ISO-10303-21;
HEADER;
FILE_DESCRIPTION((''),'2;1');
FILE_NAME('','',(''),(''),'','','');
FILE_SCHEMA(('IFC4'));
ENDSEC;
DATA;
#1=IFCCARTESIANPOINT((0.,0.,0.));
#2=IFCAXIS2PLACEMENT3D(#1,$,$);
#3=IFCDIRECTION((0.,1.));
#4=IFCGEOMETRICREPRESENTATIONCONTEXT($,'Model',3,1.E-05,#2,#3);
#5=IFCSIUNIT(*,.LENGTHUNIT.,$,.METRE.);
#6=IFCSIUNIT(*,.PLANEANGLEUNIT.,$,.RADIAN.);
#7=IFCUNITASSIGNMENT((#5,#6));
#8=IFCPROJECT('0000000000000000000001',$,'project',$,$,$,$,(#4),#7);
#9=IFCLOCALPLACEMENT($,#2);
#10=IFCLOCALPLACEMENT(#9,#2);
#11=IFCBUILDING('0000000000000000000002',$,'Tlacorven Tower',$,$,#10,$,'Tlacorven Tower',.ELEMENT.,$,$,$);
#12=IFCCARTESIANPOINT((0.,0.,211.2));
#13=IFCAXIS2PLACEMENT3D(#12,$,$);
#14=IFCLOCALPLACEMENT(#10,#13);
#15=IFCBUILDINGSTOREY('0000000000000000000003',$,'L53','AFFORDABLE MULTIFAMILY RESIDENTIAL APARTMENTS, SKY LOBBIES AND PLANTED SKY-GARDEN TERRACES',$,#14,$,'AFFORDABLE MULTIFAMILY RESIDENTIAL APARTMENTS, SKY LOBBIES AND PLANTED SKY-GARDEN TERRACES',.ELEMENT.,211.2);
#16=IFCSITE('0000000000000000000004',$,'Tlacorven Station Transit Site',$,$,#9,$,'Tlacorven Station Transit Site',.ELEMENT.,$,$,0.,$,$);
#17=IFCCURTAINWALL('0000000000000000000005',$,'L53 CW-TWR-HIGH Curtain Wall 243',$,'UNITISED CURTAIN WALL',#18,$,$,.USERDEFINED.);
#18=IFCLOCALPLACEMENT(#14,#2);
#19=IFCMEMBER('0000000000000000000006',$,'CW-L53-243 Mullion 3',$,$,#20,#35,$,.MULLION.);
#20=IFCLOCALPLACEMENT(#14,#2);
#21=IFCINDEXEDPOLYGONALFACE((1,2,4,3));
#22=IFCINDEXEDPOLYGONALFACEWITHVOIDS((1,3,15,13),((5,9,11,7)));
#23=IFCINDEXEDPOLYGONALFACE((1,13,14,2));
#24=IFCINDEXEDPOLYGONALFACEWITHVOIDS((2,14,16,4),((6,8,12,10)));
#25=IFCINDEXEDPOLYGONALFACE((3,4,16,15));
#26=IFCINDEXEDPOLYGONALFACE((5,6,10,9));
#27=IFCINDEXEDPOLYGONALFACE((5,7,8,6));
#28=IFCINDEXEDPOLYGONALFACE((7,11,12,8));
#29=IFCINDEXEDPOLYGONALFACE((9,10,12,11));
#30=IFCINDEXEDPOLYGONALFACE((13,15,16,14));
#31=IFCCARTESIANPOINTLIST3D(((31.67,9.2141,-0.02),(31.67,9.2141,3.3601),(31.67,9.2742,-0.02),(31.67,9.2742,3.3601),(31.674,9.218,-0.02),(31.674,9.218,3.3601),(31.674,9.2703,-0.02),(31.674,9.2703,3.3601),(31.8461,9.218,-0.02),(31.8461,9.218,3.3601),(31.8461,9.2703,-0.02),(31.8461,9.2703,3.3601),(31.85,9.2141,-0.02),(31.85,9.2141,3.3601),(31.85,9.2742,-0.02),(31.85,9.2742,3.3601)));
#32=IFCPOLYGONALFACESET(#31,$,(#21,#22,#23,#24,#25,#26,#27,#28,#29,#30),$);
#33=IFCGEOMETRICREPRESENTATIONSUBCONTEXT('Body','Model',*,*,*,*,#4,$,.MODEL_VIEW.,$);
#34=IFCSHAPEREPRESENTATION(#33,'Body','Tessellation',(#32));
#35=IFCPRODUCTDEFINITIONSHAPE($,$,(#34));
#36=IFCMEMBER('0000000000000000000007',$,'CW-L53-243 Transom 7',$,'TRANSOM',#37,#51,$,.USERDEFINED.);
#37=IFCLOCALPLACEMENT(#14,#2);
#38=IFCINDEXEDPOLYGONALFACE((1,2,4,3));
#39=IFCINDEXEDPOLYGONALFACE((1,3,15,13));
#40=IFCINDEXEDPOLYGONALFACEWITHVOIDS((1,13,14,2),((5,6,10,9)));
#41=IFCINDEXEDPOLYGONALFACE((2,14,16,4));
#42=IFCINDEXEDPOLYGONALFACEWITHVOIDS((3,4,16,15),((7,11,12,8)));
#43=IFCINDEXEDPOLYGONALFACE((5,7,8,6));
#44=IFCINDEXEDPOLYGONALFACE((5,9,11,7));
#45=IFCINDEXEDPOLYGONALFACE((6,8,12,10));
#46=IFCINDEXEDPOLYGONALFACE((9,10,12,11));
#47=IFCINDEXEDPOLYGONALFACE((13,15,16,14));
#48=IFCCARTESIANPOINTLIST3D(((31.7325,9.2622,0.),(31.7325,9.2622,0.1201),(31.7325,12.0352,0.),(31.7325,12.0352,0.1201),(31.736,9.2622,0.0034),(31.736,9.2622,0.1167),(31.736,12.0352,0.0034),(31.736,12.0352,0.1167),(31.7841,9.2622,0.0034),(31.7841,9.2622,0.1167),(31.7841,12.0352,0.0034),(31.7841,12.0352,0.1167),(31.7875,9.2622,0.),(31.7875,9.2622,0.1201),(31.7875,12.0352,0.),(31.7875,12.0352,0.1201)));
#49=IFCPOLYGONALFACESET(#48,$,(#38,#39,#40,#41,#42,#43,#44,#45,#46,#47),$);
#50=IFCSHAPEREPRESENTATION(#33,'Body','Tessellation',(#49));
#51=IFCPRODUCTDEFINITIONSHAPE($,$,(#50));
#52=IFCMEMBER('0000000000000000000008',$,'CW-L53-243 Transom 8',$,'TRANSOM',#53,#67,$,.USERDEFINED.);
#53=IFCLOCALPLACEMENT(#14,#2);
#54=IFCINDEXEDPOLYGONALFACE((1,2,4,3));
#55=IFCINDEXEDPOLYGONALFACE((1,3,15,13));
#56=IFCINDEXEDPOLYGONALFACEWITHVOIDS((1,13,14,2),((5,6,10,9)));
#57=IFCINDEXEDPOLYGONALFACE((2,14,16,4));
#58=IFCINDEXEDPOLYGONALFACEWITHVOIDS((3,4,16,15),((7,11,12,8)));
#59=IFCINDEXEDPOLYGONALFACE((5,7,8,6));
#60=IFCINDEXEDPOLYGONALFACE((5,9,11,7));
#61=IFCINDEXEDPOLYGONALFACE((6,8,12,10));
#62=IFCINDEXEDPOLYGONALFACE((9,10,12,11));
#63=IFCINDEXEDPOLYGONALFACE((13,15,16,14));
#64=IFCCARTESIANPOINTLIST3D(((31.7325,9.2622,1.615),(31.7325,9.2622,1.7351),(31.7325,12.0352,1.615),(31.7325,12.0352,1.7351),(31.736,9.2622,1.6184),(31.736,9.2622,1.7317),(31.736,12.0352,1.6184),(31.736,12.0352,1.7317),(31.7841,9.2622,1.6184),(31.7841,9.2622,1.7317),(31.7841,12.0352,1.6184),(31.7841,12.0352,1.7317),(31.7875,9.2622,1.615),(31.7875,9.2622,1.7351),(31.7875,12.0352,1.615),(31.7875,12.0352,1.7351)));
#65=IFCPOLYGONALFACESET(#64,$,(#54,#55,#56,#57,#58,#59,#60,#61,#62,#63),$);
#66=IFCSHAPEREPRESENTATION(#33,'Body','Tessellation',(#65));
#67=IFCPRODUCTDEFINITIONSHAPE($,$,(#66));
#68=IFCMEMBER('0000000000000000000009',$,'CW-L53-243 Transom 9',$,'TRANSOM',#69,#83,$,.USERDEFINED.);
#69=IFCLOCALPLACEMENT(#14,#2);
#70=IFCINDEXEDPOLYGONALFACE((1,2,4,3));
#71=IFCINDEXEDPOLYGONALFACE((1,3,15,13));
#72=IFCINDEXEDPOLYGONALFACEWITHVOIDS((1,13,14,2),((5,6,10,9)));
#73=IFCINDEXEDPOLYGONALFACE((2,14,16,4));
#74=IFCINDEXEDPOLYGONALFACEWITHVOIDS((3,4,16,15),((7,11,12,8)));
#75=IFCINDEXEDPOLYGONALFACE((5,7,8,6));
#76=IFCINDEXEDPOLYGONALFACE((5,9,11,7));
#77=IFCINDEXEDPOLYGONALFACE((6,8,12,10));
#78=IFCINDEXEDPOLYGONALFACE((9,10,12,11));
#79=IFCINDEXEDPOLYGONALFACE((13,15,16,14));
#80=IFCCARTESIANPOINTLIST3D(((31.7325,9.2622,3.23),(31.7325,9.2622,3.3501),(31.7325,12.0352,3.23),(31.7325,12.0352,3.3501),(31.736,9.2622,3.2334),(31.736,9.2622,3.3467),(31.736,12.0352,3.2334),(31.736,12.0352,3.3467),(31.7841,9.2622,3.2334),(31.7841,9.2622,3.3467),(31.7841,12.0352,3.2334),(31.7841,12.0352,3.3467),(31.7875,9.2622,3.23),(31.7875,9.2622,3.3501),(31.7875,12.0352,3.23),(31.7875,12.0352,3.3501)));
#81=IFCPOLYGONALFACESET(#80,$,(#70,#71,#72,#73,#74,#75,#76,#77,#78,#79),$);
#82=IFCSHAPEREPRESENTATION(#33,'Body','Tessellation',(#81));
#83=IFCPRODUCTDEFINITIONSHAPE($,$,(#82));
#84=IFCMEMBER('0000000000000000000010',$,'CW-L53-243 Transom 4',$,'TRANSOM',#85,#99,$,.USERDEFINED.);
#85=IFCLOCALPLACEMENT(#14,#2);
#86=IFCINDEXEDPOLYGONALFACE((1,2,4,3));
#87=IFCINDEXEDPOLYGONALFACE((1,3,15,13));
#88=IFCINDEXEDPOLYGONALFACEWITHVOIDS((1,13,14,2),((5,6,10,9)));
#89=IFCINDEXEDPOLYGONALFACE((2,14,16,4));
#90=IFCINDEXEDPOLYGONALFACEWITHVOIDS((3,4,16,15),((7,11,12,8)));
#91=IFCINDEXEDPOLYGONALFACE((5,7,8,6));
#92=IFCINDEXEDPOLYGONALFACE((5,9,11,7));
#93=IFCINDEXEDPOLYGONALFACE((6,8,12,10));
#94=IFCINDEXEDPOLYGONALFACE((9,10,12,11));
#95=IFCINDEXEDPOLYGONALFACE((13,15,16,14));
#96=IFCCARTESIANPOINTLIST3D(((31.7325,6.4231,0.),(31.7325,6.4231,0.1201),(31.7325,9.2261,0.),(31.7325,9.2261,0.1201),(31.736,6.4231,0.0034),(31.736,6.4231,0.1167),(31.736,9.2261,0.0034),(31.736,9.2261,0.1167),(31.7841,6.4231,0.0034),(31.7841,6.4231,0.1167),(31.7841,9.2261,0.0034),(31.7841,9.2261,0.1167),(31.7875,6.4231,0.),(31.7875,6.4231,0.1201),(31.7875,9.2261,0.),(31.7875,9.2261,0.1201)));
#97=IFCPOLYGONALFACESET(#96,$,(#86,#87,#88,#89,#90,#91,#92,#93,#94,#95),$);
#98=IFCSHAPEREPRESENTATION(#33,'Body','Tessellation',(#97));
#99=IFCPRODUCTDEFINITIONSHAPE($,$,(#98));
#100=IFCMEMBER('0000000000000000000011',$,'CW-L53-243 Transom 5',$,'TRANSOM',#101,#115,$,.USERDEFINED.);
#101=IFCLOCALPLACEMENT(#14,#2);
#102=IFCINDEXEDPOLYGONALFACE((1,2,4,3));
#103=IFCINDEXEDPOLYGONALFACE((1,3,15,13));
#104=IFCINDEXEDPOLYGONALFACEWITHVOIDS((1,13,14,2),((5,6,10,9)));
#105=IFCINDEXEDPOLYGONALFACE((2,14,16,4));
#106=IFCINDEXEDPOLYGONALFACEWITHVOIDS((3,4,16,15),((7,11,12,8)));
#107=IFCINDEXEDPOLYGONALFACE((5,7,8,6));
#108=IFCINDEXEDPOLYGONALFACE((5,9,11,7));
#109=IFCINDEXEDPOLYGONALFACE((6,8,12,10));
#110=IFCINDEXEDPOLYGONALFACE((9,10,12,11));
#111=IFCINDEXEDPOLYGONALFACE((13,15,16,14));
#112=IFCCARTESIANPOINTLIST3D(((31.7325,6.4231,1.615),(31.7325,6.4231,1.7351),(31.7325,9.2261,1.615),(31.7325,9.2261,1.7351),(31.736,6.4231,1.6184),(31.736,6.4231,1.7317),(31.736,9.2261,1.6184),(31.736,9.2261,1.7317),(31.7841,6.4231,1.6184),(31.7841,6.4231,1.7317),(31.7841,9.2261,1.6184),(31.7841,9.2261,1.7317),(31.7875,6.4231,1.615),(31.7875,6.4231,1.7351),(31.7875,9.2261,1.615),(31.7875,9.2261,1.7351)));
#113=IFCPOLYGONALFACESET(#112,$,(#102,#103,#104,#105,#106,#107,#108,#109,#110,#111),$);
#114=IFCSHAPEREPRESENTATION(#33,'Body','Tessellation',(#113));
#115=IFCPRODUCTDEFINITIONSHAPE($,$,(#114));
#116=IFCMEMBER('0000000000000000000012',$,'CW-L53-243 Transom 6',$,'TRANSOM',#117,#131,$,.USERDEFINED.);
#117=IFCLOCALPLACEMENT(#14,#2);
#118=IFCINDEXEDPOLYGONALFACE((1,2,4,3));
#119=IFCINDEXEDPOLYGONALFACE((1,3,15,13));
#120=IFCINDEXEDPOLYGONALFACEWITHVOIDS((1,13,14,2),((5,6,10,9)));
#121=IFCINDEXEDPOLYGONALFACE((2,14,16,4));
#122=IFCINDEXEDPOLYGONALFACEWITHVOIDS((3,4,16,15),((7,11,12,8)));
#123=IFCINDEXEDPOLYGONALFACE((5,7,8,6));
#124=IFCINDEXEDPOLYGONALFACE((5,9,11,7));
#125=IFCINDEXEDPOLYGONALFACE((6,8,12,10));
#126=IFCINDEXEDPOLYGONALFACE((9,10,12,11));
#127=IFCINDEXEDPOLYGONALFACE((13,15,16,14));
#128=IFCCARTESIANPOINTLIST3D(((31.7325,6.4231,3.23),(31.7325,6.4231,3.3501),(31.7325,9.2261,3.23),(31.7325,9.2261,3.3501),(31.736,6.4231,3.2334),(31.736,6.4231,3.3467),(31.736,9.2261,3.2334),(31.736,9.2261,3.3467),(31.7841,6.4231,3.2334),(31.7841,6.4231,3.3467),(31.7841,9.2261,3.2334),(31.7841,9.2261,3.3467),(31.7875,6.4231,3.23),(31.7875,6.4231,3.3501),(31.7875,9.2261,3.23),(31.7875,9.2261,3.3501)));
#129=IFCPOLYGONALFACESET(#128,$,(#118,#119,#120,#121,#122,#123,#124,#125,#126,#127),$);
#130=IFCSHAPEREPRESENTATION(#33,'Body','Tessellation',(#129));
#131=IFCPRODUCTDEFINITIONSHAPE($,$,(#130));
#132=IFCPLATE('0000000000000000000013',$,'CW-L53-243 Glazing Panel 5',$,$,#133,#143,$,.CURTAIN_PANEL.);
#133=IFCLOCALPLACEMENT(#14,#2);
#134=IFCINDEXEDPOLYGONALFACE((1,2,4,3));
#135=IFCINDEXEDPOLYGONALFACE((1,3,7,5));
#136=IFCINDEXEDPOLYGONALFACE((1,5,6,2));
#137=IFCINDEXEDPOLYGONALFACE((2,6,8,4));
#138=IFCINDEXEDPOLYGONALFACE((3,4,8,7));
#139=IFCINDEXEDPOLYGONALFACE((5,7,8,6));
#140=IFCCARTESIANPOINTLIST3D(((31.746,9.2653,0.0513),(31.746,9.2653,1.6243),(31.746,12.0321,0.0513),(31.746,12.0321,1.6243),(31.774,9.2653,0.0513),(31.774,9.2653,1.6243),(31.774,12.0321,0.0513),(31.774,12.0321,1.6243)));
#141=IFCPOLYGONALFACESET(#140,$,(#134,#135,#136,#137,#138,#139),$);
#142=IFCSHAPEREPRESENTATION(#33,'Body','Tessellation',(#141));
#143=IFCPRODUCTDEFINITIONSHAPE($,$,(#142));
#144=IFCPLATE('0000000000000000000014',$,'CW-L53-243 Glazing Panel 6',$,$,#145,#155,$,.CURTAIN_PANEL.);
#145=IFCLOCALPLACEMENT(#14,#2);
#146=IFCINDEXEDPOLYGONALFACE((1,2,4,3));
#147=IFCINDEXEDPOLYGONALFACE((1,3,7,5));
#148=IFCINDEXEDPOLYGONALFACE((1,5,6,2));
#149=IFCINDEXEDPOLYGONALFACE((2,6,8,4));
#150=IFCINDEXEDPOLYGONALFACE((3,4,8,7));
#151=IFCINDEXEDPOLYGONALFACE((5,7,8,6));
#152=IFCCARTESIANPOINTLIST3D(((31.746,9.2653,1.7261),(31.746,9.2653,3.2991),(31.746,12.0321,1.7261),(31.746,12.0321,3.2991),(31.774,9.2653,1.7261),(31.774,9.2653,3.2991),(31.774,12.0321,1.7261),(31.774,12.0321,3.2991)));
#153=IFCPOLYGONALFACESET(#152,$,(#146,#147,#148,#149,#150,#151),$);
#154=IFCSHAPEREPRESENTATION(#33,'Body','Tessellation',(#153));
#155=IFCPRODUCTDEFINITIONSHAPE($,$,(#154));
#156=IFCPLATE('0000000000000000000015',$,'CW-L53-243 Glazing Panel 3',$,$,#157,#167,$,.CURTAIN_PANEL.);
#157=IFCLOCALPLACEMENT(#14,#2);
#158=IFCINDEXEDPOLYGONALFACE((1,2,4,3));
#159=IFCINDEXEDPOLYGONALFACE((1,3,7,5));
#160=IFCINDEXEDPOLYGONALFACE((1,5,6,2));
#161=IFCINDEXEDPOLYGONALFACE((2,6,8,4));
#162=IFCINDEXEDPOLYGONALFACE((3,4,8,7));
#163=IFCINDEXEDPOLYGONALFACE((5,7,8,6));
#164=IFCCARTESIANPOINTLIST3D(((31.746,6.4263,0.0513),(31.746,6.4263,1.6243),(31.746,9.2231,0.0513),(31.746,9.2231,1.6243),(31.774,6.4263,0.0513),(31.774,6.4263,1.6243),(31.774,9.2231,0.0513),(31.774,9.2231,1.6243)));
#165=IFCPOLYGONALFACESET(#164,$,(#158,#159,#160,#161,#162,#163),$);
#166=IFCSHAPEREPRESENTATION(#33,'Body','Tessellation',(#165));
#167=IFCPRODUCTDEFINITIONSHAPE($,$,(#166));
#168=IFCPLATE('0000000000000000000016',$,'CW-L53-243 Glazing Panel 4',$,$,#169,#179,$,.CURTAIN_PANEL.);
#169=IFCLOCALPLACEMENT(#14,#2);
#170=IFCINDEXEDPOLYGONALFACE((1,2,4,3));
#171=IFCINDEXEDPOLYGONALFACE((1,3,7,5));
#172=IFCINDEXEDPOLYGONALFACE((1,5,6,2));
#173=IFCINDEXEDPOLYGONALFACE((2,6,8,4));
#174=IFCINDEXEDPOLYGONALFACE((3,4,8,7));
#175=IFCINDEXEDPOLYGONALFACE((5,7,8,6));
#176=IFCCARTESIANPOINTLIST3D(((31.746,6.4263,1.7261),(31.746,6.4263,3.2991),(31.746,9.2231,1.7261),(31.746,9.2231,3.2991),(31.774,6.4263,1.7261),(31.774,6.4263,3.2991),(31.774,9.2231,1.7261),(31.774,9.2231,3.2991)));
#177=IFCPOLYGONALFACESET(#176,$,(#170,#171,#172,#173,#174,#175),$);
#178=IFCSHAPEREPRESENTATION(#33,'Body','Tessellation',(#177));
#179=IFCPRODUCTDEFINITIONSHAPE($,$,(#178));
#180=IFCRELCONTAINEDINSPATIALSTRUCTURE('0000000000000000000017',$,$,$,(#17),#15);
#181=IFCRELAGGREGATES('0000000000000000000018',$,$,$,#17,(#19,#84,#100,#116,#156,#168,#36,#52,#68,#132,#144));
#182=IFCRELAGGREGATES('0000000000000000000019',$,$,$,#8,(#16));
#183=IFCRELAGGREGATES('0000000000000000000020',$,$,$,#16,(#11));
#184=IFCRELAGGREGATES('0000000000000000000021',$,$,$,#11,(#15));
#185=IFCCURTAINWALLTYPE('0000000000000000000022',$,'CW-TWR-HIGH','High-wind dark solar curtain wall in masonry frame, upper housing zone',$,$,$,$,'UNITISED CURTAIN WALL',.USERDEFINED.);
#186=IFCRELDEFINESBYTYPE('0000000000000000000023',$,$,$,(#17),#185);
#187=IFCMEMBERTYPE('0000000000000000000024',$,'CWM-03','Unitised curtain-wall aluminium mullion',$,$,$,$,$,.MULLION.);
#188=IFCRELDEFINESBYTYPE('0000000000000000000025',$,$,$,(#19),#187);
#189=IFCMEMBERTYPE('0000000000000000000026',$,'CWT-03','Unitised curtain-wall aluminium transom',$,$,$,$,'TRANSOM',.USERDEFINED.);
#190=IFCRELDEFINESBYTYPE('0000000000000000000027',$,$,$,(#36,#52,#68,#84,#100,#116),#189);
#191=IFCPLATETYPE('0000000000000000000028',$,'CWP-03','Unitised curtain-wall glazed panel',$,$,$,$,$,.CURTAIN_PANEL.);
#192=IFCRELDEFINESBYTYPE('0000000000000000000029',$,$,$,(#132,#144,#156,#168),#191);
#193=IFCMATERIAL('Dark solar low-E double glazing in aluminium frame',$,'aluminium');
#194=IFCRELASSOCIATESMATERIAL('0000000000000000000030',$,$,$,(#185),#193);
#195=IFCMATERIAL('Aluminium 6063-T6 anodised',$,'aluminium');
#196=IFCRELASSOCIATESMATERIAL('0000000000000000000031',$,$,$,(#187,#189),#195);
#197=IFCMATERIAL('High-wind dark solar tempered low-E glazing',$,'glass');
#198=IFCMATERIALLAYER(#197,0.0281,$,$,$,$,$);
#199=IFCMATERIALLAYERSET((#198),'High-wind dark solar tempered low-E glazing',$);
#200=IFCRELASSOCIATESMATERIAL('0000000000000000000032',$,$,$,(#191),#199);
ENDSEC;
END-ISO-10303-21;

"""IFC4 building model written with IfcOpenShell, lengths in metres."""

from ifc_helpers import new_model, si_unit, direction, frame, origin, origin_2d, place, context, subcontext, project, spatial, rectangle, hollow_rectangle, extrude, source, transform, mapped, material, layer, layer_set, material_profile, profile_set, type_object, element, aggregate, save


model = new_model("IFC4")

# Units and contexts
model_context = context("Model", 3, precision=1e-05, world=origin(), true_north=direction((0.0, 1.0)))
body_context = subcontext(model_context, "Body", "Model", "MODEL_VIEW")
ifc_project = project(units=[si_unit("LENGTHUNIT", "METRE"), si_unit("PLANEANGLEUNIT", "RADIAN")], contexts=[model_context])

# Site, building, storey
site_placement = place(None, origin())
site = spatial("IfcSite", under=ifc_project, at=site_placement, Name="Tlacorven Station Transit Site", LongName="Tlacorven Station Transit Site", CompositionType="ELEMENT", RefElevation=0.0)
building_placement = place(site_placement, origin())
building = spatial("IfcBuilding", under=site, at=building_placement, Name="Tlacorven Tower", LongName="Tlacorven Tower", CompositionType="ELEMENT")
storey_placement = place(building_placement, frame((0.0, 0.0, 211.2)))
storey = spatial("IfcBuildingStorey", under=building, at=storey_placement, Name="L53", Description="AFFORDABLE MULTIFAMILY RESIDENTIAL APARTMENTS, SKY LOBBIES AND PLANTED SKY-GARDEN TERRACES", LongName="AFFORDABLE MULTIFAMILY RESIDENTIAL APARTMENTS, SKY LOBBIES AND PLANTED SKY-GARDEN TERRACES", CompositionType="ELEMENT", Elevation=211.2)

# Curtain wall, members, plates
ifc_material_1 = material(Name="Dark solar low-E double glazing in aluminium frame", Category="aluminium")
curtain_wall_type = type_object("IfcCurtainWallType", Name="CW-TWR-HIGH", Description="High-wind dark solar curtain wall in masonry frame, upper housing zone", ElementType="UNITISED CURTAIN WALL", PredefinedType="USERDEFINED", material=ifc_material_1)
curtain_wall_placement = place(storey_placement, origin())
curtain_wall = element("IfcCurtainWall", 1, at=curtain_wall_placement, inside=storey, type_object=curtain_wall_type, Name="L53 CW-TWR-HIGH Curtain Wall 243", ObjectType="UNITISED CURTAIN WALL", PredefinedType="USERDEFINED")
ifc_material_2 = material(Name="Aluminium 6063-T6 anodised", Category="aluminium")
ifc_material_profile_1 = material_profile(ifc_material_2, hollow_rectangle(XDim=0.0601, YDim=0.1799, WallThickness=0.0039, at=origin_2d()), Name="ALU MULLION 60X180")
ifc_profile_set_1 = profile_set([ifc_material_profile_1], Name="Aluminium 6063-T6 anodised")
member_type_1 = type_object("IfcMemberType", Name="CWM-03", Description="Unitised curtain-wall aluminium mullion", PredefinedType="MULLION", material=ifc_profile_set_1)
shared_shape_1 = source(origin(), body_context, "Body", "SweptSolid", [
    extrude(hollow_rectangle(XDim=0.0601, YDim=0.1799, WallThickness=0.0039, at=origin_2d()), origin(), (0.0, 0.0, 1.0), 3.3801),
])
member_1_placement = place(storey_placement, frame((31.76, 9.2441, -0.02), z_axis=(0.0, 0.0, 1.0), x_axis=(0.0, 1.0, 0.0)))
member_1 = element("IfcMember", 2, at=member_1_placement, type_object=member_type_1, Name="CW-L53-243 Mullion 3", PredefinedType="MULLION", context=body_context, shape_type="MappedRepresentation", body=[
    mapped(shared_shape_1, transform((0.0, 0.0, 0.0), scale=1.0)),
])
ifc_material_profile_2 = material_profile(ifc_material_2, hollow_rectangle(XDim=0.0549, YDim=0.1201, WallThickness=0.0034, at=origin_2d()), Name="ALU TRANSOM 55X120")
ifc_profile_set_2 = profile_set([ifc_material_profile_2], Name="Aluminium 6063-T6 anodised")
member_type_2 = type_object("IfcMemberType", Name="CWT-03", Description="Unitised curtain-wall aluminium transom", ElementType="TRANSOM", PredefinedType="USERDEFINED", material=ifc_profile_set_2)
shared_shape_2 = source(origin(), body_context, "Body", "SweptSolid", [
    extrude(hollow_rectangle(XDim=0.0549, YDim=0.1201, WallThickness=0.0034, at=origin_2d()), origin(), (0.0, 0.0, 1.0), 2.7729),
])
member_2_placement = place(storey_placement, frame((31.76, 9.2622, 0.0601), z_axis=(0.0, 1.0, 0.0), x_axis=(-1.0, 0.0, 0.0)))
member_2 = element("IfcMember", 3, at=member_2_placement, type_object=member_type_2, Name="CW-L53-243 Transom 7", ObjectType="TRANSOM", PredefinedType="USERDEFINED", context=body_context, shape_type="MappedRepresentation", body=[
    mapped(shared_shape_2, transform((0.0, 0.0, 0.0), scale=1.0)),
])
member_3_placement = place(storey_placement, frame((31.76, 9.2622, 1.675), z_axis=(0.0, 1.0, 0.0), x_axis=(-1.0, 0.0, 0.0)))
member_3 = element("IfcMember", 4, at=member_3_placement, type_object=member_type_2, Name="CW-L53-243 Transom 8", ObjectType="TRANSOM", PredefinedType="USERDEFINED", context=body_context, shape_type="MappedRepresentation", body=[
    mapped(shared_shape_2, transform((0.0, 0.0, 0.0), scale=1.0)),
])
member_4_placement = place(storey_placement, frame((31.76, 9.2622, 3.29), z_axis=(0.0, 1.0, 0.0), x_axis=(-1.0, 0.0, 0.0)))
member_4 = element("IfcMember", 5, at=member_4_placement, type_object=member_type_2, Name="CW-L53-243 Transom 9", ObjectType="TRANSOM", PredefinedType="USERDEFINED", context=body_context, shape_type="MappedRepresentation", body=[
    mapped(shared_shape_2, transform((0.0, 0.0, 0.0), scale=1.0)),
])
shared_shape_3 = source(origin(), body_context, "Body", "SweptSolid", [
    extrude(hollow_rectangle(XDim=0.0549, YDim=0.1201, WallThickness=0.0034, at=origin_2d()), origin(), (0.0, 0.0, 1.0), 2.803),
])
member_5_placement = place(storey_placement, frame((31.76, 6.4231, 0.0601), z_axis=(0.0, 1.0, 0.0), x_axis=(-1.0, 0.0, 0.0)))
member_5 = element("IfcMember", 6, at=member_5_placement, type_object=member_type_2, Name="CW-L53-243 Transom 4", ObjectType="TRANSOM", PredefinedType="USERDEFINED", context=body_context, shape_type="MappedRepresentation", body=[
    mapped(shared_shape_3, transform((0.0, 0.0, 0.0), scale=1.0)),
])
member_6_placement = place(storey_placement, frame((31.76, 6.4231, 1.675), z_axis=(0.0, 1.0, 0.0), x_axis=(-1.0, 0.0, 0.0)))
member_6 = element("IfcMember", 7, at=member_6_placement, type_object=member_type_2, Name="CW-L53-243 Transom 5", ObjectType="TRANSOM", PredefinedType="USERDEFINED", context=body_context, shape_type="MappedRepresentation", body=[
    mapped(shared_shape_3, transform((0.0, 0.0, 0.0), scale=1.0)),
])
member_7_placement = place(storey_placement, frame((31.76, 6.4231, 3.29), z_axis=(0.0, 1.0, 0.0), x_axis=(-1.0, 0.0, 0.0)))
member_7 = element("IfcMember", 8, at=member_7_placement, type_object=member_type_2, Name="CW-L53-243 Transom 6", ObjectType="TRANSOM", PredefinedType="USERDEFINED", context=body_context, shape_type="MappedRepresentation", body=[
    mapped(shared_shape_3, transform((0.0, 0.0, 0.0), scale=1.0)),
])
ifc_material_3 = material(Name="High-wind dark solar tempered low-E glazing", Category="glass")
ifc_layer = layer(ifc_material_3, 0.0281)
ifc_layer_set = layer_set([ifc_layer], Name="High-wind dark solar tempered low-E glazing")
plate_type = type_object("IfcPlateType", Name="CWP-03", Description="Unitised curtain-wall glazed panel", PredefinedType="CURTAIN_PANEL", material=ifc_layer_set)
shared_shape_4 = source(origin(), body_context, "Body", "SweptSolid", [
    extrude(rectangle(XDim=2.7668, YDim=0.0281, at=origin_2d()), origin(), (0.0, 0.0, 1.0), 1.573),
])
plate_1_placement = place(storey_placement, frame((31.76, 10.6487, 0.0513), z_axis=(0.0, 0.0, 1.0), x_axis=(0.0, 1.0, 0.0)))
plate_1 = element("IfcPlate", 9, at=plate_1_placement, type_object=plate_type, Name="CW-L53-243 Glazing Panel 5", PredefinedType="CURTAIN_PANEL", context=body_context, shape_type="MappedRepresentation", body=[
    mapped(shared_shape_4, transform((0.0, 0.0, 0.0), scale=1.0)),
])
plate_2_placement = place(storey_placement, frame((31.76, 10.6487, 1.7261), z_axis=(0.0, 0.0, 1.0), x_axis=(0.0, 1.0, 0.0)))
plate_2 = element("IfcPlate", 10, at=plate_2_placement, type_object=plate_type, Name="CW-L53-243 Glazing Panel 6", PredefinedType="CURTAIN_PANEL", context=body_context, shape_type="MappedRepresentation", body=[
    mapped(shared_shape_4, transform((0.0, 0.0, 0.0), scale=1.0)),
])
shared_shape_5 = source(origin(), body_context, "Body", "SweptSolid", [
    extrude(rectangle(XDim=2.7969, YDim=0.0281, at=origin_2d()), origin(), (0.0, 0.0, 1.0), 1.573),
])
plate_3_placement = place(storey_placement, frame((31.76, 7.8247, 0.0513), z_axis=(0.0, 0.0, 1.0), x_axis=(0.0, 1.0, 0.0)))
plate_3 = element("IfcPlate", 11, at=plate_3_placement, type_object=plate_type, Name="CW-L53-243 Glazing Panel 3", PredefinedType="CURTAIN_PANEL", context=body_context, shape_type="MappedRepresentation", body=[
    mapped(shared_shape_5, transform((0.0, 0.0, 0.0), scale=1.0)),
])
plate_4_placement = place(storey_placement, frame((31.76, 7.8247, 1.7261), z_axis=(0.0, 0.0, 1.0), x_axis=(0.0, 1.0, 0.0)))
plate_4 = element("IfcPlate", 12, at=plate_4_placement, type_object=plate_type, Name="CW-L53-243 Glazing Panel 4", PredefinedType="CURTAIN_PANEL", context=body_context, shape_type="MappedRepresentation", body=[
    mapped(shared_shape_5, transform((0.0, 0.0, 0.0), scale=1.0)),
])
aggregate(curtain_wall, [member_1, member_5, member_6, member_7, plate_3, plate_4, member_2, member_3, member_4, plate_1, plate_2])

save(model, "model.ifc")
